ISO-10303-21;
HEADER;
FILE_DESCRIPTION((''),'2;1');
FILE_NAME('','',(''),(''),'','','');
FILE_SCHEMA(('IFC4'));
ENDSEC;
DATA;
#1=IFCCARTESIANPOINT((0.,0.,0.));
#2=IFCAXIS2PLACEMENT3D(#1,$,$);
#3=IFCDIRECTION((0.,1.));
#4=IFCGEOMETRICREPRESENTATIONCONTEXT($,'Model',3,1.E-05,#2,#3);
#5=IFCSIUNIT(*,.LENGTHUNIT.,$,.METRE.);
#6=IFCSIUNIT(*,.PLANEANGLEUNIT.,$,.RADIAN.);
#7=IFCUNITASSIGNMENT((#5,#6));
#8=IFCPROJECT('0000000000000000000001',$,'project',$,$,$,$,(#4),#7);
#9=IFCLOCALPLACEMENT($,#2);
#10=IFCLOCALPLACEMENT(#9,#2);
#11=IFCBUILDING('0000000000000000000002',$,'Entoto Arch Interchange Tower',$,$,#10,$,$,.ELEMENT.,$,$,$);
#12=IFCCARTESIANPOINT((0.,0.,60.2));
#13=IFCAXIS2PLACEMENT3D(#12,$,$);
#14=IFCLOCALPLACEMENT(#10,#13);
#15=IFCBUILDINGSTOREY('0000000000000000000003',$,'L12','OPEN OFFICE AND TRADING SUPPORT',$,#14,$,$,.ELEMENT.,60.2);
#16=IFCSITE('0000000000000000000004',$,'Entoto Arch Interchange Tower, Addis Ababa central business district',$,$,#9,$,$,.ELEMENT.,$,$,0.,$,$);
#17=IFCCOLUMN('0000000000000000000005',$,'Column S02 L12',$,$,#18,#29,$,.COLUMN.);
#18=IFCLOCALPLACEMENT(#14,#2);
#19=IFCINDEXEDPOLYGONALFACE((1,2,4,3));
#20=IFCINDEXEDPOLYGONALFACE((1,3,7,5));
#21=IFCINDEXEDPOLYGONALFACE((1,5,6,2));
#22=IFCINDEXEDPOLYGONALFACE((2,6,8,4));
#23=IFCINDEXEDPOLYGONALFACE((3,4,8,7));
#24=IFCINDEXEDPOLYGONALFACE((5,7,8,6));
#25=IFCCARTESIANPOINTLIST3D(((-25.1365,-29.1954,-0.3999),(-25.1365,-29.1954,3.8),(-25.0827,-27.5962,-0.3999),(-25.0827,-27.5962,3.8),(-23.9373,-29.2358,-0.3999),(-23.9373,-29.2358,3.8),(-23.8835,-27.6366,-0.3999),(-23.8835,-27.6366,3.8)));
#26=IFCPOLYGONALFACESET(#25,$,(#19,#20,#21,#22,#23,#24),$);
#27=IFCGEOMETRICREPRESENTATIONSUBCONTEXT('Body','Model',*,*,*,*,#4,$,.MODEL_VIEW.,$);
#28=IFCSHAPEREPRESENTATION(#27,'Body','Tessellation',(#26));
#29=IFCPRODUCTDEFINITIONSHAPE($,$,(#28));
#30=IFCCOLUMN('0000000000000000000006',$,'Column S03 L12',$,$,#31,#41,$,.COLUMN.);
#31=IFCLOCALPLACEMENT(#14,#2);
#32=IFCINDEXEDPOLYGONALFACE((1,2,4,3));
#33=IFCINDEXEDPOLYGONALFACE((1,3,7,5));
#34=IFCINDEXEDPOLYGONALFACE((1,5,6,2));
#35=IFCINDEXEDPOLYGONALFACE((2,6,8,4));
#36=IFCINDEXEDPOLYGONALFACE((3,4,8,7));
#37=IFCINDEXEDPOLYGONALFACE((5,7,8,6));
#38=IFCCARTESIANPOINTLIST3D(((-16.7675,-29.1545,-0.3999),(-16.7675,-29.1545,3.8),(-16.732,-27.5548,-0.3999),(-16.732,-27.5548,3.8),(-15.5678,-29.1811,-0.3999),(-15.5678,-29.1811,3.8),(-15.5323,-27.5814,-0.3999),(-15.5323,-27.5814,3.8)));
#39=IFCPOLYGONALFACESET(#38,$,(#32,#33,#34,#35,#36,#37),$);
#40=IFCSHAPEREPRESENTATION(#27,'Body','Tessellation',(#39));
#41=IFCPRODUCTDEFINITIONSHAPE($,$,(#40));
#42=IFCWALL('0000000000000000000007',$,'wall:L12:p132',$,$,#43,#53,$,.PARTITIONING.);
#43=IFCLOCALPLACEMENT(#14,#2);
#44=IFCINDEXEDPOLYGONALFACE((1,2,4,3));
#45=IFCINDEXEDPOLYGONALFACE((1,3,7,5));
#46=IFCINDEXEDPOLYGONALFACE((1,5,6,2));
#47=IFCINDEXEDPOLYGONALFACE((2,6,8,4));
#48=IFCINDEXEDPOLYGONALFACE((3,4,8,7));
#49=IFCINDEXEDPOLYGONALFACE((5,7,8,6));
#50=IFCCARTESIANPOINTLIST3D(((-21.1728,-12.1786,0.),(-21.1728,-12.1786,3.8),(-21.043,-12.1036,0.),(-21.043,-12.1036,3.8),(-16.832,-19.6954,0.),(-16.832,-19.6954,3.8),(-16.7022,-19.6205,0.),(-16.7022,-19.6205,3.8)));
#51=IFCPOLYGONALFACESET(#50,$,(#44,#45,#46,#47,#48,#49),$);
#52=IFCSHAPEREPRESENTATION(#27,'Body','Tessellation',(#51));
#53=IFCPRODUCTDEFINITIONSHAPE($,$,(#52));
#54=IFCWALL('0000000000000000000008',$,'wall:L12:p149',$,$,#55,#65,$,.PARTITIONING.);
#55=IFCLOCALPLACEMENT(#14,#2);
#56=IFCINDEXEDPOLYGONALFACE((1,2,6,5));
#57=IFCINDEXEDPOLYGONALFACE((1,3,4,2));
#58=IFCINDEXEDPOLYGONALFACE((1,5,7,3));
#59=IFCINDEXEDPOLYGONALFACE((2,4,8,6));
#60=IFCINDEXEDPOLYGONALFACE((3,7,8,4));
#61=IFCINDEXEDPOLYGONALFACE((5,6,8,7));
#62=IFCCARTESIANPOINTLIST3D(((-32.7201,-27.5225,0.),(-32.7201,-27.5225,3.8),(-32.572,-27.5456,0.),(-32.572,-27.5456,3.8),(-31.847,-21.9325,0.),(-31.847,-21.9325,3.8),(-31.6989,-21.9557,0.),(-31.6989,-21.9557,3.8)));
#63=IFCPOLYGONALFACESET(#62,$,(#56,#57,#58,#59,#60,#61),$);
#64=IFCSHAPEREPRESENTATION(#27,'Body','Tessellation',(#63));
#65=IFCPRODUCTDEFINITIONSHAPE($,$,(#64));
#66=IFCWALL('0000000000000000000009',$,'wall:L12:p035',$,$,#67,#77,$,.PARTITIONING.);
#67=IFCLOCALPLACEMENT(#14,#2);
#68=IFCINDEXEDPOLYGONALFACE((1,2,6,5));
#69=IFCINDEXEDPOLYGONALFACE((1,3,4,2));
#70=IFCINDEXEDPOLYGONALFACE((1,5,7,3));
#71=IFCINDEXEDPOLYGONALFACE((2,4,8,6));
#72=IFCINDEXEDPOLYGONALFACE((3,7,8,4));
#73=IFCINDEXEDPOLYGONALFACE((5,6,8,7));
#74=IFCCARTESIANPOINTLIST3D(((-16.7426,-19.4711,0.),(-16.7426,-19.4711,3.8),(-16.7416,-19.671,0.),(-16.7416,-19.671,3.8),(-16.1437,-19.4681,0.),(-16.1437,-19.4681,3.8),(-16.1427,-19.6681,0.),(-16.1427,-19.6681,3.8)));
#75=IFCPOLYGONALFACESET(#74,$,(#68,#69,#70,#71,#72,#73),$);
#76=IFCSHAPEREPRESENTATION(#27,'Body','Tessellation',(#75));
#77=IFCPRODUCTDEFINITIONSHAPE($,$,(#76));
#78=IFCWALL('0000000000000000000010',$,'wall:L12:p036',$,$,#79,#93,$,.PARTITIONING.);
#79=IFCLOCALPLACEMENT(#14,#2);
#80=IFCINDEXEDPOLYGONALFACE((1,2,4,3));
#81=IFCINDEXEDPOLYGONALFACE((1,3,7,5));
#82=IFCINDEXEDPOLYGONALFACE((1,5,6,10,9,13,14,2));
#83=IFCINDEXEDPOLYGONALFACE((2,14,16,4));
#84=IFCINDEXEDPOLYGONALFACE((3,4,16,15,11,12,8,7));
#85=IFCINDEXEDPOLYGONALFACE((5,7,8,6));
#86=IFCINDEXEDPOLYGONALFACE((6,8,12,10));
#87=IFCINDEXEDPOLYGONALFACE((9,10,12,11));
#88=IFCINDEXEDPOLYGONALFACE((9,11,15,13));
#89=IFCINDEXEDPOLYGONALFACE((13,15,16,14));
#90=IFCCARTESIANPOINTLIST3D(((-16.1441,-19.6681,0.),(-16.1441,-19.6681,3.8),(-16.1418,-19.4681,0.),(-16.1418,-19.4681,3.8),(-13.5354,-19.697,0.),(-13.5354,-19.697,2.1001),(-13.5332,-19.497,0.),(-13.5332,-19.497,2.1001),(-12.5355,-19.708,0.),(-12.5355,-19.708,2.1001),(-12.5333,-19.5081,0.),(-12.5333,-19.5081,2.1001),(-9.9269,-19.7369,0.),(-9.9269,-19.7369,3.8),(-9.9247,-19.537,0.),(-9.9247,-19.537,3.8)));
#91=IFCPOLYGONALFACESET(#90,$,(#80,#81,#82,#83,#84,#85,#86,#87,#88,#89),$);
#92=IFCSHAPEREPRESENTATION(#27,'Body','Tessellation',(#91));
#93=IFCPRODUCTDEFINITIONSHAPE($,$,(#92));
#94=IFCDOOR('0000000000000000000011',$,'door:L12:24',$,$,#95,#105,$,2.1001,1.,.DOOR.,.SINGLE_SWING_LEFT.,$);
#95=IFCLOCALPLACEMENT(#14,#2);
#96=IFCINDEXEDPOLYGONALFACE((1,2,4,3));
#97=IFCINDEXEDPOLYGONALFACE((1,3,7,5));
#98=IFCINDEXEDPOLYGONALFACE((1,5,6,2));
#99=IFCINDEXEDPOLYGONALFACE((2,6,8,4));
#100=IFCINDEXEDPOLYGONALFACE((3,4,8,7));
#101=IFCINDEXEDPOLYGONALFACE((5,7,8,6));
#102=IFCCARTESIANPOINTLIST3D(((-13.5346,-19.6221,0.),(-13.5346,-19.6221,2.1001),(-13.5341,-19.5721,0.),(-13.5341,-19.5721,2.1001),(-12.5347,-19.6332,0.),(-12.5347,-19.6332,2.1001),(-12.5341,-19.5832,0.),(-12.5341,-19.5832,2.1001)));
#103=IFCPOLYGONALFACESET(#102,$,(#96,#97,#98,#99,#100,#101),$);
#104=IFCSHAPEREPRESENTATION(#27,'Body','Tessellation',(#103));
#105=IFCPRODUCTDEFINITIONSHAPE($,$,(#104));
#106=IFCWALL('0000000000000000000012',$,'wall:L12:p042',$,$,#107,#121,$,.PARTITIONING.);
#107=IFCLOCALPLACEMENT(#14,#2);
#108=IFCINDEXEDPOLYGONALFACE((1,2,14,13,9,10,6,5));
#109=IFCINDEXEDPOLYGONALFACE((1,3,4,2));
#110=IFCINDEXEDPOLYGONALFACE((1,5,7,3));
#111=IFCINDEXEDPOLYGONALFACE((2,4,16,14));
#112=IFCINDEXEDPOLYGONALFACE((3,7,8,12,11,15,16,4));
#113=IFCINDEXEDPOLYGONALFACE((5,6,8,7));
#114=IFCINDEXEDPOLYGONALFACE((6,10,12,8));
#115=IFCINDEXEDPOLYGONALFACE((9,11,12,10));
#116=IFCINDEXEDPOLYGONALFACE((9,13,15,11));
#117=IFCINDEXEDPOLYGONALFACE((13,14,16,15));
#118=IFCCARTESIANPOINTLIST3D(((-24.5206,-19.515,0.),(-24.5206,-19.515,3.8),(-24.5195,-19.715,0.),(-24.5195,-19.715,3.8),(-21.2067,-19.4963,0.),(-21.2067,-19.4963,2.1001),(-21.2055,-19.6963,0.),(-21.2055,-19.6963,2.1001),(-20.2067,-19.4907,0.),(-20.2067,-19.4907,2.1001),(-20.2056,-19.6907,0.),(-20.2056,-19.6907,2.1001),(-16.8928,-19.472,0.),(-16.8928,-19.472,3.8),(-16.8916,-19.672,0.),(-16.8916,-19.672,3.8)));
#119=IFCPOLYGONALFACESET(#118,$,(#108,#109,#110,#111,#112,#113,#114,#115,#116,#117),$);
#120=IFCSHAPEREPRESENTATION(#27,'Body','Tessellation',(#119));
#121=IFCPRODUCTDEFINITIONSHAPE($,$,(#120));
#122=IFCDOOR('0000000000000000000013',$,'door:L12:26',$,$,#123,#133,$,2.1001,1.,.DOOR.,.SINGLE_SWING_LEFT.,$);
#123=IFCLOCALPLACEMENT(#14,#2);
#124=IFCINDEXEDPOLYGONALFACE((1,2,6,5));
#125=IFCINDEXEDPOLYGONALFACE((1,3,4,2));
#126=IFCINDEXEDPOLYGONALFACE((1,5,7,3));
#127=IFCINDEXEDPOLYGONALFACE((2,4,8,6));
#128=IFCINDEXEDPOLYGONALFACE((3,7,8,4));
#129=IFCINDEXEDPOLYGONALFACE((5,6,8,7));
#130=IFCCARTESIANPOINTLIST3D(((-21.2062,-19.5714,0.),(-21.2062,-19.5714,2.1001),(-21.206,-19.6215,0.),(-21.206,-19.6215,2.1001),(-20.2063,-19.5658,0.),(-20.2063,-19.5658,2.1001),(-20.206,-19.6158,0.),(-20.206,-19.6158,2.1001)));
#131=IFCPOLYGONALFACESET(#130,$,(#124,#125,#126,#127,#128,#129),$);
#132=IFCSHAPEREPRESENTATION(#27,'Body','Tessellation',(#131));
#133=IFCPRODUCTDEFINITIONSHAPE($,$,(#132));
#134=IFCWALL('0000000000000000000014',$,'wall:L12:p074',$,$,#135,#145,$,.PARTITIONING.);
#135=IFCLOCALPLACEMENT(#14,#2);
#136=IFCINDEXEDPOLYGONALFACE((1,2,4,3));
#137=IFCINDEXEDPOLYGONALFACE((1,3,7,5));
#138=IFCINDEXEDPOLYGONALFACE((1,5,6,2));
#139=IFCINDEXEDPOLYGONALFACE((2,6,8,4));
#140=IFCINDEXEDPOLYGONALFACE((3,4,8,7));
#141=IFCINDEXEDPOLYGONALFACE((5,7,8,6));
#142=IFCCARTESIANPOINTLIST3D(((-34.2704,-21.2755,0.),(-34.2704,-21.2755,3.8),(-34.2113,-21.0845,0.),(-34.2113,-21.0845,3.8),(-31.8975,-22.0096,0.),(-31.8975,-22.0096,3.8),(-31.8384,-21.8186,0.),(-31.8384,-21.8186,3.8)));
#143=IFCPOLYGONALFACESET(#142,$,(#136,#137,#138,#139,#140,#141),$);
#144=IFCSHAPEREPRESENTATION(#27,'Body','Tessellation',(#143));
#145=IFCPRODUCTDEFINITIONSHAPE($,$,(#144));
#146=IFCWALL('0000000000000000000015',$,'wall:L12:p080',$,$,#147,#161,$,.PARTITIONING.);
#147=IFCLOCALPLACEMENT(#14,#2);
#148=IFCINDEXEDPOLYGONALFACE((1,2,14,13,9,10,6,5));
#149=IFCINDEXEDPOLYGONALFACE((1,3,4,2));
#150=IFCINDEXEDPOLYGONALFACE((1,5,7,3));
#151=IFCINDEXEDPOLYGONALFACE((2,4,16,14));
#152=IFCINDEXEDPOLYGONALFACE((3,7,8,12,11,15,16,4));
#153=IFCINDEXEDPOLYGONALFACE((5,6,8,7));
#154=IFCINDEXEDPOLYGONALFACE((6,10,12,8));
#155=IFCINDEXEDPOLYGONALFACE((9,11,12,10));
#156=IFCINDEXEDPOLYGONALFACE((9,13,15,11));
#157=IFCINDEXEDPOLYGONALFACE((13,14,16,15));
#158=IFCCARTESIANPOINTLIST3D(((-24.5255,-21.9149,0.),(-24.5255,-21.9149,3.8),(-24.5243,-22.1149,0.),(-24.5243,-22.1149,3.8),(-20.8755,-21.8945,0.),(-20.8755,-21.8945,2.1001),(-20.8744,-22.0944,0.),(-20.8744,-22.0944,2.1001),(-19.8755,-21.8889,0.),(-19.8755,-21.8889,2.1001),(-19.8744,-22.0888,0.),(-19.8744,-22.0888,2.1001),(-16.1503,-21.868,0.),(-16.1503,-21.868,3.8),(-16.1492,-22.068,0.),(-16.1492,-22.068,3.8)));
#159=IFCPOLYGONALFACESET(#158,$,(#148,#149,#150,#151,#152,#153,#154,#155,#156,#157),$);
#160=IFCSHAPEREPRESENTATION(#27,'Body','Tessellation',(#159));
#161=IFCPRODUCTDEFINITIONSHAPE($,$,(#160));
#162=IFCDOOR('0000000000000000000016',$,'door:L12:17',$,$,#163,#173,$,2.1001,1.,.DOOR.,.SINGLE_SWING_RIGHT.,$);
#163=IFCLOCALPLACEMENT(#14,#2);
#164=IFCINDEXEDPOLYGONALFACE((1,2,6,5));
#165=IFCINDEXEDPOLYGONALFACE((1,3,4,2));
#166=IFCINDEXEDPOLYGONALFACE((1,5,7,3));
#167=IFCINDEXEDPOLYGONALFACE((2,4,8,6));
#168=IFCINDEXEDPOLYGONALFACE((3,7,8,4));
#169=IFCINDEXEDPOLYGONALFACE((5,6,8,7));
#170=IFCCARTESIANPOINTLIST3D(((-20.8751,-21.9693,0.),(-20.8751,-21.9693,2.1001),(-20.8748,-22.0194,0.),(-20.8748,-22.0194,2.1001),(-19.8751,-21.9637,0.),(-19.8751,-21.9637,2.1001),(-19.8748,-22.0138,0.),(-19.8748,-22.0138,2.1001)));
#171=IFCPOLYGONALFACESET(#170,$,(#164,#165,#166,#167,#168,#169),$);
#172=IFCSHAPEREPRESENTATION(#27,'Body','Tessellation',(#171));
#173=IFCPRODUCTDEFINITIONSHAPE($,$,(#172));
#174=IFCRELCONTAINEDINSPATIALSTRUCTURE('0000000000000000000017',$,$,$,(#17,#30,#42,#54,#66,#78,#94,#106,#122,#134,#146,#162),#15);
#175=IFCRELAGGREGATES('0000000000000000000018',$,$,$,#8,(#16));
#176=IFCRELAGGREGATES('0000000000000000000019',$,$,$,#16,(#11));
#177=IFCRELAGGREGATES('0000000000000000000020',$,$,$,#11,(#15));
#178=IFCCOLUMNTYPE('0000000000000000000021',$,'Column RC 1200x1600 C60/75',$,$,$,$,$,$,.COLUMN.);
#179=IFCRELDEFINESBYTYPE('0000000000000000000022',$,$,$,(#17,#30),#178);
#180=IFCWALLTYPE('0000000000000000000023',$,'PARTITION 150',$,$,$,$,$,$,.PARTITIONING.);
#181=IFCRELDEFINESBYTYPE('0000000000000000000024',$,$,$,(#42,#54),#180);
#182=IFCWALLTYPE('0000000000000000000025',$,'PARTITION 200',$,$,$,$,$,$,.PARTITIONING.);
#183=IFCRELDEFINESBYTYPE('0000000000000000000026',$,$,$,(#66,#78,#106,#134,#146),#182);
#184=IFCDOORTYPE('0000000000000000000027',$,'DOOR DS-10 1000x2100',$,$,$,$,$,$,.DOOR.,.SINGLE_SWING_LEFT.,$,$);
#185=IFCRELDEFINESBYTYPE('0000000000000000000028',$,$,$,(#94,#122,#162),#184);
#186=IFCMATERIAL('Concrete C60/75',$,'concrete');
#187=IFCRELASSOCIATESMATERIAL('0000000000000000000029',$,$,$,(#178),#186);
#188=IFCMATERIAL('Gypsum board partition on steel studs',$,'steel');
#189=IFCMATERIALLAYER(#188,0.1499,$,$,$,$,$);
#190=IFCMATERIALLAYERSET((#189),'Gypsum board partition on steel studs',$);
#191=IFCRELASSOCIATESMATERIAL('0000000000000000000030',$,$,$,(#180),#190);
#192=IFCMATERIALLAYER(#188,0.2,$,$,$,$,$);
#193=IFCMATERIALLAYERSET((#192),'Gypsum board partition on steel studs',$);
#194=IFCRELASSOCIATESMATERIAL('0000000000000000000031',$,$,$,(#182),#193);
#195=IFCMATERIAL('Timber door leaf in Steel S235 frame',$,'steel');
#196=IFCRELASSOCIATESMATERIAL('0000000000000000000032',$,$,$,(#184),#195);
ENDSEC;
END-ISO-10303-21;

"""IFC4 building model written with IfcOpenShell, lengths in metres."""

from ifc_helpers import new_model, si_unit, direction, frame, frame_2d, origin, origin_2d, place, context, subcontext, project, spatial, rectangle, extrude, material, layer, layer_set, material_profile, profile_set, type_object, element, fill, save


model = new_model("IFC4")

# Units and contexts
model_context = context("Model", 3, precision=1e-05, world=origin(), true_north=direction((0.0, 1.0)))
body_context = subcontext(model_context, "Body", "Model", "MODEL_VIEW")
ifc_project = project(units=[si_unit("LENGTHUNIT", "METRE"), si_unit("PLANEANGLEUNIT", "RADIAN")], contexts=[model_context])

# Site, building, storey
site_placement = place(None, origin())
site = spatial("IfcSite", under=ifc_project, at=site_placement, Name="Entoto Arch Interchange Tower, Addis Ababa central business district", CompositionType="ELEMENT", RefElevation=0.0)
building_placement = place(site_placement, origin())
building = spatial("IfcBuilding", under=site, at=building_placement, Name="Entoto Arch Interchange Tower", CompositionType="ELEMENT")
storey_placement = place(building_placement, frame((0.0, 0.0, 60.2)))
storey = spatial("IfcBuildingStorey", under=building, at=storey_placement, Name="L12", Description="OPEN OFFICE AND TRADING SUPPORT", CompositionType="ELEMENT", Elevation=60.2)

# Columns
ifc_material_1 = material(Name="Concrete C60/75", Category="concrete")
ifc_material_profile = material_profile(ifc_material_1, rectangle(XDim=1.2, YDim=1.6001, at=origin_2d()))
ifc_profile_set = profile_set([ifc_material_profile], Name="Concrete C60/75")
column_type = type_object("IfcColumnType", Name="Column RC 1200x1600 C60/75", PredefinedType="COLUMN", material=ifc_profile_set)
for number, where, z_axis, x_axis, name in (
    (1, (-24.51, -28.416, -0.3999), (0.0, 0.0, 1.0), (-0.999434, 0.033626, 0.0), "Column S02 L12"),
    (2, (-16.1499, -28.3679, -0.3999), (0.0, 0.0, 1.0), (-0.999754, 0.022164, 0.0), "Column S03 L12"),
):
    element("IfcColumn", number, at=place(storey_placement, frame(where, z_axis=z_axis, x_axis=x_axis)), inside=storey, type_object=column_type, Name=name, PredefinedType="COLUMN", context=body_context, shape_type="SweptSolid", body=[
        extrude(rectangle(XDim=1.2, YDim=1.6001, at=origin_2d()), origin(), (0.0, 0.0, 1.0), 4.2),
    ])

# Walls
ifc_material_2 = material(Name="Gypsum board partition on steel studs", Category="steel")
ifc_layer_1 = layer(ifc_material_2, 0.1499)
ifc_layer_set_1 = layer_set([ifc_layer_1], Name="Gypsum board partition on steel studs")
wall_type_1 = type_object("IfcWallType", Name="PARTITION 150", PredefinedType="PARTITIONING", material=ifc_layer_set_1)
wall_1_placement = place(storey_placement, frame((-16.7671, -19.658, 0.0), z_axis=(0.0, 0.0, 1.0), x_axis=(-0.500084, 0.865977, 0.0)))
element("IfcWall", 3, at=wall_1_placement, inside=storey, type_object=wall_type_1, Name="wall:L12:p132", PredefinedType="PARTITIONING", context=body_context, shape_type="SweptSolid", body=[
    extrude(rectangle(XDim=8.6802, YDim=0.1499, at=frame_2d((4.3401, 0.0))), origin(), (0.0, 0.0, 1.0), 3.8),
])
wall_2_placement = place(storey_placement, frame((-31.7729, -21.9441, 0.0), z_axis=(0.0, 0.0, 1.0), x_axis=(-0.154314, -0.988022, 0.0)))
element("IfcWall", 4, at=wall_2_placement, inside=storey, type_object=wall_type_1, Name="wall:L12:p149", PredefinedType="PARTITIONING", context=body_context, shape_type="SweptSolid", body=[
    extrude(rectangle(XDim=5.6577, YDim=0.1499, at=frame_2d((2.8289, 0.0))), origin(), (0.0, 0.0, 1.0), 3.8),
])
ifc_layer_2 = layer(ifc_material_2, 0.2)
ifc_layer_set_2 = layer_set([ifc_layer_2], Name="Gypsum board partition on steel studs")
wall_type_2 = type_object("IfcWallType", Name="PARTITION 200", PredefinedType="PARTITIONING", material=ifc_layer_set_2)
wall_3_placement = place(storey_placement, frame((-16.7419, -19.571, 0.0), z_axis=(0.0, 0.0, 1.0), x_axis=(0.999988, 0.004892, 0.0)))
element("IfcWall", 5, at=wall_3_placement, inside=storey, type_object=wall_type_2, Name="wall:L12:p035", PredefinedType="PARTITIONING", context=body_context, shape_type="SweptSolid", body=[
    extrude(rectangle(XDim=0.5989, YDim=0.2, at=frame_2d((0.2993, 0.0))), origin(), (0.0, 0.0, 1.0), 3.8),
])

# Walls, openings, doors
wall_4_placement = place(storey_placement, frame((-16.1431, -19.5681, 0.0), z_axis=(0.0, 0.0, 1.0), x_axis=(0.999939, -0.011073, 0.0)))
wall_4 = element("IfcWall", 6, at=wall_4_placement, inside=storey, type_object=wall_type_2, Name="wall:L12:p036", PredefinedType="PARTITIONING", context=body_context, shape_type="SweptSolid", body=[
    extrude(rectangle(XDim=6.2175, YDim=0.2, at=frame_2d((3.1089, 0.0))), origin(), (0.0, 0.0, 1.0), 3.8),
])
opening_1_placement = place(wall_4_placement, frame((2.6089, 0.0, 0.0)))
opening_1 = element("IfcOpeningElement", 7, at=opening_1_placement, cuts=wall_4, PredefinedType="OPENING", context=body_context, shape_type="SweptSolid", body=[
    extrude(rectangle(XDim=1.0, YDim=2.1001, at=frame_2d((0.5, 1.05))), frame((0.0, 0.1099, 0.0), z_axis=(0.0, -1.0, 0.0), x_axis=(1.0, 0.0, 0.0)), (0.0, 0.0, 1.0), 0.22),
])
ifc_material_3 = material(Name="Timber door leaf in Steel S235 frame", Category="steel")
door_type = type_object("IfcDoorType", Name="DOOR DS-10 1000x2100", OperationType="SINGLE_SWING_LEFT", PredefinedType="DOOR", material=ifc_material_3)
door_1_placement = place(opening_1_placement, origin())
door_1 = element("IfcDoor", 8, at=door_1_placement, inside=storey, type_object=door_type, Name="door:L12:24", OperationType="SINGLE_SWING_LEFT", OverallHeight=2.1001, OverallWidth=1.0, PredefinedType="DOOR", context=body_context, shape_type="SweptSolid", body=[
    extrude(rectangle(XDim=1.0, YDim=2.1001, at=frame_2d((0.5, 1.05))), frame((0.0, 0.0249, 0.0), z_axis=(0.0, -1.0, 0.0), x_axis=(1.0, 0.0, 0.0)), (0.0, 0.0, 1.0), 0.05),
])
fill(opening_1, door_1)
wall_5_placement = place(storey_placement, frame((-24.52, -19.615, 0.0), z_axis=(0.0, 0.0, 1.0), x_axis=(0.999984, 0.005633, 0.0)))
wall_5 = element("IfcWall", 9, at=wall_5_placement, inside=storey, type_object=wall_type_2, Name="wall:L12:p042", PredefinedType="PARTITIONING", context=body_context, shape_type="SweptSolid", body=[
    extrude(rectangle(XDim=7.6279, YDim=0.2, at=frame_2d((3.814, 0.0))), origin(), (0.0, 0.0, 1.0), 3.8),
])
opening_2_placement = place(wall_5_placement, frame((3.314, 0.0, 0.0)))
opening_2 = element("IfcOpeningElement", 10, at=opening_2_placement, cuts=wall_5, PredefinedType="OPENING", context=body_context, shape_type="SweptSolid", body=[
    extrude(rectangle(XDim=1.0, YDim=2.1001, at=frame_2d((0.5, 1.05))), frame((0.0, 0.1099, 0.0), z_axis=(0.0, -1.0, 0.0), x_axis=(1.0, 0.0, 0.0)), (0.0, 0.0, 1.0), 0.22),
])
door_2_placement = place(opening_2_placement, origin())
door_2 = element("IfcDoor", 11, at=door_2_placement, inside=storey, type_object=door_type, Name="door:L12:26", OperationType="SINGLE_SWING_LEFT", OverallHeight=2.1001, OverallWidth=1.0, PredefinedType="DOOR", context=body_context, shape_type="SweptSolid", body=[
    extrude(rectangle(XDim=1.0, YDim=2.1001, at=frame_2d((0.5, 1.05))), frame((0.0, 0.0249, 0.0), z_axis=(0.0, -1.0, 0.0), x_axis=(1.0, 0.0, 0.0)), (0.0, 0.0, 1.0), 0.05),
])
fill(opening_2, door_2)

# Wall
wall_6_placement = place(storey_placement, frame((-31.8679, -21.9141, 0.0), z_axis=(0.0, 0.0, 1.0), x_axis=(-0.95533, 0.295543, 0.0)))
element("IfcWall", 12, at=wall_6_placement, inside=storey, type_object=wall_type_2, Name="wall:L12:p074", PredefinedType="PARTITIONING", context=body_context, shape_type="SweptSolid", body=[
    extrude(rectangle(XDim=2.4839, YDim=0.2, at=frame_2d((1.2419, 0.0))), origin(), (0.0, 0.0, 1.0), 3.8),
])

# Wall, opening, door
wall_7_placement = place(storey_placement, frame((-16.1499, -21.968, 0.0), z_axis=(0.0, 0.0, 1.0), x_axis=(-0.999984, -0.005597, 0.0)))
wall_7 = element("IfcWall", 13, at=wall_7_placement, inside=storey, type_object=wall_type_2, Name="wall:L12:p080", PredefinedType="PARTITIONING", context=body_context, shape_type="SweptSolid", body=[
    extrude(rectangle(XDim=8.3752, YDim=0.2, at=frame_2d((4.1875, 0.0))), origin(), (0.0, 0.0, 1.0), 3.8),
])
opening_3_placement = place(wall_7_placement, frame((3.7251, 0.0, 0.0)))
opening_3 = element("IfcOpeningElement", 14, at=opening_3_placement, cuts=wall_7, PredefinedType="OPENING", context=body_context, shape_type="SweptSolid", body=[
    extrude(rectangle(XDim=1.0, YDim=2.1001, at=frame_2d((0.5, 1.05))), frame((0.0, 0.1099, 0.0), z_axis=(0.0, -1.0, 0.0), x_axis=(1.0, 0.0, 0.0)), (0.0, 0.0, 1.0), 0.22),
])
door_3_placement = place(opening_3_placement, origin())
door_3 = element("IfcDoor", 15, at=door_3_placement, inside=storey, type_object=door_type, Name="door:L12:17", OperationType="SINGLE_SWING_RIGHT", OverallHeight=2.1001, OverallWidth=1.0, PredefinedType="DOOR", context=body_context, shape_type="SweptSolid", body=[
    extrude(rectangle(XDim=1.0, YDim=2.1001, at=frame_2d((0.5, 1.05))), frame((0.0, 0.0249, 0.0), z_axis=(0.0, -1.0, 0.0), x_axis=(1.0, 0.0, 0.0)), (0.0, 0.0, 1.0), 0.05),
])
fill(opening_3, door_3)

save(model, "model.ifc")
